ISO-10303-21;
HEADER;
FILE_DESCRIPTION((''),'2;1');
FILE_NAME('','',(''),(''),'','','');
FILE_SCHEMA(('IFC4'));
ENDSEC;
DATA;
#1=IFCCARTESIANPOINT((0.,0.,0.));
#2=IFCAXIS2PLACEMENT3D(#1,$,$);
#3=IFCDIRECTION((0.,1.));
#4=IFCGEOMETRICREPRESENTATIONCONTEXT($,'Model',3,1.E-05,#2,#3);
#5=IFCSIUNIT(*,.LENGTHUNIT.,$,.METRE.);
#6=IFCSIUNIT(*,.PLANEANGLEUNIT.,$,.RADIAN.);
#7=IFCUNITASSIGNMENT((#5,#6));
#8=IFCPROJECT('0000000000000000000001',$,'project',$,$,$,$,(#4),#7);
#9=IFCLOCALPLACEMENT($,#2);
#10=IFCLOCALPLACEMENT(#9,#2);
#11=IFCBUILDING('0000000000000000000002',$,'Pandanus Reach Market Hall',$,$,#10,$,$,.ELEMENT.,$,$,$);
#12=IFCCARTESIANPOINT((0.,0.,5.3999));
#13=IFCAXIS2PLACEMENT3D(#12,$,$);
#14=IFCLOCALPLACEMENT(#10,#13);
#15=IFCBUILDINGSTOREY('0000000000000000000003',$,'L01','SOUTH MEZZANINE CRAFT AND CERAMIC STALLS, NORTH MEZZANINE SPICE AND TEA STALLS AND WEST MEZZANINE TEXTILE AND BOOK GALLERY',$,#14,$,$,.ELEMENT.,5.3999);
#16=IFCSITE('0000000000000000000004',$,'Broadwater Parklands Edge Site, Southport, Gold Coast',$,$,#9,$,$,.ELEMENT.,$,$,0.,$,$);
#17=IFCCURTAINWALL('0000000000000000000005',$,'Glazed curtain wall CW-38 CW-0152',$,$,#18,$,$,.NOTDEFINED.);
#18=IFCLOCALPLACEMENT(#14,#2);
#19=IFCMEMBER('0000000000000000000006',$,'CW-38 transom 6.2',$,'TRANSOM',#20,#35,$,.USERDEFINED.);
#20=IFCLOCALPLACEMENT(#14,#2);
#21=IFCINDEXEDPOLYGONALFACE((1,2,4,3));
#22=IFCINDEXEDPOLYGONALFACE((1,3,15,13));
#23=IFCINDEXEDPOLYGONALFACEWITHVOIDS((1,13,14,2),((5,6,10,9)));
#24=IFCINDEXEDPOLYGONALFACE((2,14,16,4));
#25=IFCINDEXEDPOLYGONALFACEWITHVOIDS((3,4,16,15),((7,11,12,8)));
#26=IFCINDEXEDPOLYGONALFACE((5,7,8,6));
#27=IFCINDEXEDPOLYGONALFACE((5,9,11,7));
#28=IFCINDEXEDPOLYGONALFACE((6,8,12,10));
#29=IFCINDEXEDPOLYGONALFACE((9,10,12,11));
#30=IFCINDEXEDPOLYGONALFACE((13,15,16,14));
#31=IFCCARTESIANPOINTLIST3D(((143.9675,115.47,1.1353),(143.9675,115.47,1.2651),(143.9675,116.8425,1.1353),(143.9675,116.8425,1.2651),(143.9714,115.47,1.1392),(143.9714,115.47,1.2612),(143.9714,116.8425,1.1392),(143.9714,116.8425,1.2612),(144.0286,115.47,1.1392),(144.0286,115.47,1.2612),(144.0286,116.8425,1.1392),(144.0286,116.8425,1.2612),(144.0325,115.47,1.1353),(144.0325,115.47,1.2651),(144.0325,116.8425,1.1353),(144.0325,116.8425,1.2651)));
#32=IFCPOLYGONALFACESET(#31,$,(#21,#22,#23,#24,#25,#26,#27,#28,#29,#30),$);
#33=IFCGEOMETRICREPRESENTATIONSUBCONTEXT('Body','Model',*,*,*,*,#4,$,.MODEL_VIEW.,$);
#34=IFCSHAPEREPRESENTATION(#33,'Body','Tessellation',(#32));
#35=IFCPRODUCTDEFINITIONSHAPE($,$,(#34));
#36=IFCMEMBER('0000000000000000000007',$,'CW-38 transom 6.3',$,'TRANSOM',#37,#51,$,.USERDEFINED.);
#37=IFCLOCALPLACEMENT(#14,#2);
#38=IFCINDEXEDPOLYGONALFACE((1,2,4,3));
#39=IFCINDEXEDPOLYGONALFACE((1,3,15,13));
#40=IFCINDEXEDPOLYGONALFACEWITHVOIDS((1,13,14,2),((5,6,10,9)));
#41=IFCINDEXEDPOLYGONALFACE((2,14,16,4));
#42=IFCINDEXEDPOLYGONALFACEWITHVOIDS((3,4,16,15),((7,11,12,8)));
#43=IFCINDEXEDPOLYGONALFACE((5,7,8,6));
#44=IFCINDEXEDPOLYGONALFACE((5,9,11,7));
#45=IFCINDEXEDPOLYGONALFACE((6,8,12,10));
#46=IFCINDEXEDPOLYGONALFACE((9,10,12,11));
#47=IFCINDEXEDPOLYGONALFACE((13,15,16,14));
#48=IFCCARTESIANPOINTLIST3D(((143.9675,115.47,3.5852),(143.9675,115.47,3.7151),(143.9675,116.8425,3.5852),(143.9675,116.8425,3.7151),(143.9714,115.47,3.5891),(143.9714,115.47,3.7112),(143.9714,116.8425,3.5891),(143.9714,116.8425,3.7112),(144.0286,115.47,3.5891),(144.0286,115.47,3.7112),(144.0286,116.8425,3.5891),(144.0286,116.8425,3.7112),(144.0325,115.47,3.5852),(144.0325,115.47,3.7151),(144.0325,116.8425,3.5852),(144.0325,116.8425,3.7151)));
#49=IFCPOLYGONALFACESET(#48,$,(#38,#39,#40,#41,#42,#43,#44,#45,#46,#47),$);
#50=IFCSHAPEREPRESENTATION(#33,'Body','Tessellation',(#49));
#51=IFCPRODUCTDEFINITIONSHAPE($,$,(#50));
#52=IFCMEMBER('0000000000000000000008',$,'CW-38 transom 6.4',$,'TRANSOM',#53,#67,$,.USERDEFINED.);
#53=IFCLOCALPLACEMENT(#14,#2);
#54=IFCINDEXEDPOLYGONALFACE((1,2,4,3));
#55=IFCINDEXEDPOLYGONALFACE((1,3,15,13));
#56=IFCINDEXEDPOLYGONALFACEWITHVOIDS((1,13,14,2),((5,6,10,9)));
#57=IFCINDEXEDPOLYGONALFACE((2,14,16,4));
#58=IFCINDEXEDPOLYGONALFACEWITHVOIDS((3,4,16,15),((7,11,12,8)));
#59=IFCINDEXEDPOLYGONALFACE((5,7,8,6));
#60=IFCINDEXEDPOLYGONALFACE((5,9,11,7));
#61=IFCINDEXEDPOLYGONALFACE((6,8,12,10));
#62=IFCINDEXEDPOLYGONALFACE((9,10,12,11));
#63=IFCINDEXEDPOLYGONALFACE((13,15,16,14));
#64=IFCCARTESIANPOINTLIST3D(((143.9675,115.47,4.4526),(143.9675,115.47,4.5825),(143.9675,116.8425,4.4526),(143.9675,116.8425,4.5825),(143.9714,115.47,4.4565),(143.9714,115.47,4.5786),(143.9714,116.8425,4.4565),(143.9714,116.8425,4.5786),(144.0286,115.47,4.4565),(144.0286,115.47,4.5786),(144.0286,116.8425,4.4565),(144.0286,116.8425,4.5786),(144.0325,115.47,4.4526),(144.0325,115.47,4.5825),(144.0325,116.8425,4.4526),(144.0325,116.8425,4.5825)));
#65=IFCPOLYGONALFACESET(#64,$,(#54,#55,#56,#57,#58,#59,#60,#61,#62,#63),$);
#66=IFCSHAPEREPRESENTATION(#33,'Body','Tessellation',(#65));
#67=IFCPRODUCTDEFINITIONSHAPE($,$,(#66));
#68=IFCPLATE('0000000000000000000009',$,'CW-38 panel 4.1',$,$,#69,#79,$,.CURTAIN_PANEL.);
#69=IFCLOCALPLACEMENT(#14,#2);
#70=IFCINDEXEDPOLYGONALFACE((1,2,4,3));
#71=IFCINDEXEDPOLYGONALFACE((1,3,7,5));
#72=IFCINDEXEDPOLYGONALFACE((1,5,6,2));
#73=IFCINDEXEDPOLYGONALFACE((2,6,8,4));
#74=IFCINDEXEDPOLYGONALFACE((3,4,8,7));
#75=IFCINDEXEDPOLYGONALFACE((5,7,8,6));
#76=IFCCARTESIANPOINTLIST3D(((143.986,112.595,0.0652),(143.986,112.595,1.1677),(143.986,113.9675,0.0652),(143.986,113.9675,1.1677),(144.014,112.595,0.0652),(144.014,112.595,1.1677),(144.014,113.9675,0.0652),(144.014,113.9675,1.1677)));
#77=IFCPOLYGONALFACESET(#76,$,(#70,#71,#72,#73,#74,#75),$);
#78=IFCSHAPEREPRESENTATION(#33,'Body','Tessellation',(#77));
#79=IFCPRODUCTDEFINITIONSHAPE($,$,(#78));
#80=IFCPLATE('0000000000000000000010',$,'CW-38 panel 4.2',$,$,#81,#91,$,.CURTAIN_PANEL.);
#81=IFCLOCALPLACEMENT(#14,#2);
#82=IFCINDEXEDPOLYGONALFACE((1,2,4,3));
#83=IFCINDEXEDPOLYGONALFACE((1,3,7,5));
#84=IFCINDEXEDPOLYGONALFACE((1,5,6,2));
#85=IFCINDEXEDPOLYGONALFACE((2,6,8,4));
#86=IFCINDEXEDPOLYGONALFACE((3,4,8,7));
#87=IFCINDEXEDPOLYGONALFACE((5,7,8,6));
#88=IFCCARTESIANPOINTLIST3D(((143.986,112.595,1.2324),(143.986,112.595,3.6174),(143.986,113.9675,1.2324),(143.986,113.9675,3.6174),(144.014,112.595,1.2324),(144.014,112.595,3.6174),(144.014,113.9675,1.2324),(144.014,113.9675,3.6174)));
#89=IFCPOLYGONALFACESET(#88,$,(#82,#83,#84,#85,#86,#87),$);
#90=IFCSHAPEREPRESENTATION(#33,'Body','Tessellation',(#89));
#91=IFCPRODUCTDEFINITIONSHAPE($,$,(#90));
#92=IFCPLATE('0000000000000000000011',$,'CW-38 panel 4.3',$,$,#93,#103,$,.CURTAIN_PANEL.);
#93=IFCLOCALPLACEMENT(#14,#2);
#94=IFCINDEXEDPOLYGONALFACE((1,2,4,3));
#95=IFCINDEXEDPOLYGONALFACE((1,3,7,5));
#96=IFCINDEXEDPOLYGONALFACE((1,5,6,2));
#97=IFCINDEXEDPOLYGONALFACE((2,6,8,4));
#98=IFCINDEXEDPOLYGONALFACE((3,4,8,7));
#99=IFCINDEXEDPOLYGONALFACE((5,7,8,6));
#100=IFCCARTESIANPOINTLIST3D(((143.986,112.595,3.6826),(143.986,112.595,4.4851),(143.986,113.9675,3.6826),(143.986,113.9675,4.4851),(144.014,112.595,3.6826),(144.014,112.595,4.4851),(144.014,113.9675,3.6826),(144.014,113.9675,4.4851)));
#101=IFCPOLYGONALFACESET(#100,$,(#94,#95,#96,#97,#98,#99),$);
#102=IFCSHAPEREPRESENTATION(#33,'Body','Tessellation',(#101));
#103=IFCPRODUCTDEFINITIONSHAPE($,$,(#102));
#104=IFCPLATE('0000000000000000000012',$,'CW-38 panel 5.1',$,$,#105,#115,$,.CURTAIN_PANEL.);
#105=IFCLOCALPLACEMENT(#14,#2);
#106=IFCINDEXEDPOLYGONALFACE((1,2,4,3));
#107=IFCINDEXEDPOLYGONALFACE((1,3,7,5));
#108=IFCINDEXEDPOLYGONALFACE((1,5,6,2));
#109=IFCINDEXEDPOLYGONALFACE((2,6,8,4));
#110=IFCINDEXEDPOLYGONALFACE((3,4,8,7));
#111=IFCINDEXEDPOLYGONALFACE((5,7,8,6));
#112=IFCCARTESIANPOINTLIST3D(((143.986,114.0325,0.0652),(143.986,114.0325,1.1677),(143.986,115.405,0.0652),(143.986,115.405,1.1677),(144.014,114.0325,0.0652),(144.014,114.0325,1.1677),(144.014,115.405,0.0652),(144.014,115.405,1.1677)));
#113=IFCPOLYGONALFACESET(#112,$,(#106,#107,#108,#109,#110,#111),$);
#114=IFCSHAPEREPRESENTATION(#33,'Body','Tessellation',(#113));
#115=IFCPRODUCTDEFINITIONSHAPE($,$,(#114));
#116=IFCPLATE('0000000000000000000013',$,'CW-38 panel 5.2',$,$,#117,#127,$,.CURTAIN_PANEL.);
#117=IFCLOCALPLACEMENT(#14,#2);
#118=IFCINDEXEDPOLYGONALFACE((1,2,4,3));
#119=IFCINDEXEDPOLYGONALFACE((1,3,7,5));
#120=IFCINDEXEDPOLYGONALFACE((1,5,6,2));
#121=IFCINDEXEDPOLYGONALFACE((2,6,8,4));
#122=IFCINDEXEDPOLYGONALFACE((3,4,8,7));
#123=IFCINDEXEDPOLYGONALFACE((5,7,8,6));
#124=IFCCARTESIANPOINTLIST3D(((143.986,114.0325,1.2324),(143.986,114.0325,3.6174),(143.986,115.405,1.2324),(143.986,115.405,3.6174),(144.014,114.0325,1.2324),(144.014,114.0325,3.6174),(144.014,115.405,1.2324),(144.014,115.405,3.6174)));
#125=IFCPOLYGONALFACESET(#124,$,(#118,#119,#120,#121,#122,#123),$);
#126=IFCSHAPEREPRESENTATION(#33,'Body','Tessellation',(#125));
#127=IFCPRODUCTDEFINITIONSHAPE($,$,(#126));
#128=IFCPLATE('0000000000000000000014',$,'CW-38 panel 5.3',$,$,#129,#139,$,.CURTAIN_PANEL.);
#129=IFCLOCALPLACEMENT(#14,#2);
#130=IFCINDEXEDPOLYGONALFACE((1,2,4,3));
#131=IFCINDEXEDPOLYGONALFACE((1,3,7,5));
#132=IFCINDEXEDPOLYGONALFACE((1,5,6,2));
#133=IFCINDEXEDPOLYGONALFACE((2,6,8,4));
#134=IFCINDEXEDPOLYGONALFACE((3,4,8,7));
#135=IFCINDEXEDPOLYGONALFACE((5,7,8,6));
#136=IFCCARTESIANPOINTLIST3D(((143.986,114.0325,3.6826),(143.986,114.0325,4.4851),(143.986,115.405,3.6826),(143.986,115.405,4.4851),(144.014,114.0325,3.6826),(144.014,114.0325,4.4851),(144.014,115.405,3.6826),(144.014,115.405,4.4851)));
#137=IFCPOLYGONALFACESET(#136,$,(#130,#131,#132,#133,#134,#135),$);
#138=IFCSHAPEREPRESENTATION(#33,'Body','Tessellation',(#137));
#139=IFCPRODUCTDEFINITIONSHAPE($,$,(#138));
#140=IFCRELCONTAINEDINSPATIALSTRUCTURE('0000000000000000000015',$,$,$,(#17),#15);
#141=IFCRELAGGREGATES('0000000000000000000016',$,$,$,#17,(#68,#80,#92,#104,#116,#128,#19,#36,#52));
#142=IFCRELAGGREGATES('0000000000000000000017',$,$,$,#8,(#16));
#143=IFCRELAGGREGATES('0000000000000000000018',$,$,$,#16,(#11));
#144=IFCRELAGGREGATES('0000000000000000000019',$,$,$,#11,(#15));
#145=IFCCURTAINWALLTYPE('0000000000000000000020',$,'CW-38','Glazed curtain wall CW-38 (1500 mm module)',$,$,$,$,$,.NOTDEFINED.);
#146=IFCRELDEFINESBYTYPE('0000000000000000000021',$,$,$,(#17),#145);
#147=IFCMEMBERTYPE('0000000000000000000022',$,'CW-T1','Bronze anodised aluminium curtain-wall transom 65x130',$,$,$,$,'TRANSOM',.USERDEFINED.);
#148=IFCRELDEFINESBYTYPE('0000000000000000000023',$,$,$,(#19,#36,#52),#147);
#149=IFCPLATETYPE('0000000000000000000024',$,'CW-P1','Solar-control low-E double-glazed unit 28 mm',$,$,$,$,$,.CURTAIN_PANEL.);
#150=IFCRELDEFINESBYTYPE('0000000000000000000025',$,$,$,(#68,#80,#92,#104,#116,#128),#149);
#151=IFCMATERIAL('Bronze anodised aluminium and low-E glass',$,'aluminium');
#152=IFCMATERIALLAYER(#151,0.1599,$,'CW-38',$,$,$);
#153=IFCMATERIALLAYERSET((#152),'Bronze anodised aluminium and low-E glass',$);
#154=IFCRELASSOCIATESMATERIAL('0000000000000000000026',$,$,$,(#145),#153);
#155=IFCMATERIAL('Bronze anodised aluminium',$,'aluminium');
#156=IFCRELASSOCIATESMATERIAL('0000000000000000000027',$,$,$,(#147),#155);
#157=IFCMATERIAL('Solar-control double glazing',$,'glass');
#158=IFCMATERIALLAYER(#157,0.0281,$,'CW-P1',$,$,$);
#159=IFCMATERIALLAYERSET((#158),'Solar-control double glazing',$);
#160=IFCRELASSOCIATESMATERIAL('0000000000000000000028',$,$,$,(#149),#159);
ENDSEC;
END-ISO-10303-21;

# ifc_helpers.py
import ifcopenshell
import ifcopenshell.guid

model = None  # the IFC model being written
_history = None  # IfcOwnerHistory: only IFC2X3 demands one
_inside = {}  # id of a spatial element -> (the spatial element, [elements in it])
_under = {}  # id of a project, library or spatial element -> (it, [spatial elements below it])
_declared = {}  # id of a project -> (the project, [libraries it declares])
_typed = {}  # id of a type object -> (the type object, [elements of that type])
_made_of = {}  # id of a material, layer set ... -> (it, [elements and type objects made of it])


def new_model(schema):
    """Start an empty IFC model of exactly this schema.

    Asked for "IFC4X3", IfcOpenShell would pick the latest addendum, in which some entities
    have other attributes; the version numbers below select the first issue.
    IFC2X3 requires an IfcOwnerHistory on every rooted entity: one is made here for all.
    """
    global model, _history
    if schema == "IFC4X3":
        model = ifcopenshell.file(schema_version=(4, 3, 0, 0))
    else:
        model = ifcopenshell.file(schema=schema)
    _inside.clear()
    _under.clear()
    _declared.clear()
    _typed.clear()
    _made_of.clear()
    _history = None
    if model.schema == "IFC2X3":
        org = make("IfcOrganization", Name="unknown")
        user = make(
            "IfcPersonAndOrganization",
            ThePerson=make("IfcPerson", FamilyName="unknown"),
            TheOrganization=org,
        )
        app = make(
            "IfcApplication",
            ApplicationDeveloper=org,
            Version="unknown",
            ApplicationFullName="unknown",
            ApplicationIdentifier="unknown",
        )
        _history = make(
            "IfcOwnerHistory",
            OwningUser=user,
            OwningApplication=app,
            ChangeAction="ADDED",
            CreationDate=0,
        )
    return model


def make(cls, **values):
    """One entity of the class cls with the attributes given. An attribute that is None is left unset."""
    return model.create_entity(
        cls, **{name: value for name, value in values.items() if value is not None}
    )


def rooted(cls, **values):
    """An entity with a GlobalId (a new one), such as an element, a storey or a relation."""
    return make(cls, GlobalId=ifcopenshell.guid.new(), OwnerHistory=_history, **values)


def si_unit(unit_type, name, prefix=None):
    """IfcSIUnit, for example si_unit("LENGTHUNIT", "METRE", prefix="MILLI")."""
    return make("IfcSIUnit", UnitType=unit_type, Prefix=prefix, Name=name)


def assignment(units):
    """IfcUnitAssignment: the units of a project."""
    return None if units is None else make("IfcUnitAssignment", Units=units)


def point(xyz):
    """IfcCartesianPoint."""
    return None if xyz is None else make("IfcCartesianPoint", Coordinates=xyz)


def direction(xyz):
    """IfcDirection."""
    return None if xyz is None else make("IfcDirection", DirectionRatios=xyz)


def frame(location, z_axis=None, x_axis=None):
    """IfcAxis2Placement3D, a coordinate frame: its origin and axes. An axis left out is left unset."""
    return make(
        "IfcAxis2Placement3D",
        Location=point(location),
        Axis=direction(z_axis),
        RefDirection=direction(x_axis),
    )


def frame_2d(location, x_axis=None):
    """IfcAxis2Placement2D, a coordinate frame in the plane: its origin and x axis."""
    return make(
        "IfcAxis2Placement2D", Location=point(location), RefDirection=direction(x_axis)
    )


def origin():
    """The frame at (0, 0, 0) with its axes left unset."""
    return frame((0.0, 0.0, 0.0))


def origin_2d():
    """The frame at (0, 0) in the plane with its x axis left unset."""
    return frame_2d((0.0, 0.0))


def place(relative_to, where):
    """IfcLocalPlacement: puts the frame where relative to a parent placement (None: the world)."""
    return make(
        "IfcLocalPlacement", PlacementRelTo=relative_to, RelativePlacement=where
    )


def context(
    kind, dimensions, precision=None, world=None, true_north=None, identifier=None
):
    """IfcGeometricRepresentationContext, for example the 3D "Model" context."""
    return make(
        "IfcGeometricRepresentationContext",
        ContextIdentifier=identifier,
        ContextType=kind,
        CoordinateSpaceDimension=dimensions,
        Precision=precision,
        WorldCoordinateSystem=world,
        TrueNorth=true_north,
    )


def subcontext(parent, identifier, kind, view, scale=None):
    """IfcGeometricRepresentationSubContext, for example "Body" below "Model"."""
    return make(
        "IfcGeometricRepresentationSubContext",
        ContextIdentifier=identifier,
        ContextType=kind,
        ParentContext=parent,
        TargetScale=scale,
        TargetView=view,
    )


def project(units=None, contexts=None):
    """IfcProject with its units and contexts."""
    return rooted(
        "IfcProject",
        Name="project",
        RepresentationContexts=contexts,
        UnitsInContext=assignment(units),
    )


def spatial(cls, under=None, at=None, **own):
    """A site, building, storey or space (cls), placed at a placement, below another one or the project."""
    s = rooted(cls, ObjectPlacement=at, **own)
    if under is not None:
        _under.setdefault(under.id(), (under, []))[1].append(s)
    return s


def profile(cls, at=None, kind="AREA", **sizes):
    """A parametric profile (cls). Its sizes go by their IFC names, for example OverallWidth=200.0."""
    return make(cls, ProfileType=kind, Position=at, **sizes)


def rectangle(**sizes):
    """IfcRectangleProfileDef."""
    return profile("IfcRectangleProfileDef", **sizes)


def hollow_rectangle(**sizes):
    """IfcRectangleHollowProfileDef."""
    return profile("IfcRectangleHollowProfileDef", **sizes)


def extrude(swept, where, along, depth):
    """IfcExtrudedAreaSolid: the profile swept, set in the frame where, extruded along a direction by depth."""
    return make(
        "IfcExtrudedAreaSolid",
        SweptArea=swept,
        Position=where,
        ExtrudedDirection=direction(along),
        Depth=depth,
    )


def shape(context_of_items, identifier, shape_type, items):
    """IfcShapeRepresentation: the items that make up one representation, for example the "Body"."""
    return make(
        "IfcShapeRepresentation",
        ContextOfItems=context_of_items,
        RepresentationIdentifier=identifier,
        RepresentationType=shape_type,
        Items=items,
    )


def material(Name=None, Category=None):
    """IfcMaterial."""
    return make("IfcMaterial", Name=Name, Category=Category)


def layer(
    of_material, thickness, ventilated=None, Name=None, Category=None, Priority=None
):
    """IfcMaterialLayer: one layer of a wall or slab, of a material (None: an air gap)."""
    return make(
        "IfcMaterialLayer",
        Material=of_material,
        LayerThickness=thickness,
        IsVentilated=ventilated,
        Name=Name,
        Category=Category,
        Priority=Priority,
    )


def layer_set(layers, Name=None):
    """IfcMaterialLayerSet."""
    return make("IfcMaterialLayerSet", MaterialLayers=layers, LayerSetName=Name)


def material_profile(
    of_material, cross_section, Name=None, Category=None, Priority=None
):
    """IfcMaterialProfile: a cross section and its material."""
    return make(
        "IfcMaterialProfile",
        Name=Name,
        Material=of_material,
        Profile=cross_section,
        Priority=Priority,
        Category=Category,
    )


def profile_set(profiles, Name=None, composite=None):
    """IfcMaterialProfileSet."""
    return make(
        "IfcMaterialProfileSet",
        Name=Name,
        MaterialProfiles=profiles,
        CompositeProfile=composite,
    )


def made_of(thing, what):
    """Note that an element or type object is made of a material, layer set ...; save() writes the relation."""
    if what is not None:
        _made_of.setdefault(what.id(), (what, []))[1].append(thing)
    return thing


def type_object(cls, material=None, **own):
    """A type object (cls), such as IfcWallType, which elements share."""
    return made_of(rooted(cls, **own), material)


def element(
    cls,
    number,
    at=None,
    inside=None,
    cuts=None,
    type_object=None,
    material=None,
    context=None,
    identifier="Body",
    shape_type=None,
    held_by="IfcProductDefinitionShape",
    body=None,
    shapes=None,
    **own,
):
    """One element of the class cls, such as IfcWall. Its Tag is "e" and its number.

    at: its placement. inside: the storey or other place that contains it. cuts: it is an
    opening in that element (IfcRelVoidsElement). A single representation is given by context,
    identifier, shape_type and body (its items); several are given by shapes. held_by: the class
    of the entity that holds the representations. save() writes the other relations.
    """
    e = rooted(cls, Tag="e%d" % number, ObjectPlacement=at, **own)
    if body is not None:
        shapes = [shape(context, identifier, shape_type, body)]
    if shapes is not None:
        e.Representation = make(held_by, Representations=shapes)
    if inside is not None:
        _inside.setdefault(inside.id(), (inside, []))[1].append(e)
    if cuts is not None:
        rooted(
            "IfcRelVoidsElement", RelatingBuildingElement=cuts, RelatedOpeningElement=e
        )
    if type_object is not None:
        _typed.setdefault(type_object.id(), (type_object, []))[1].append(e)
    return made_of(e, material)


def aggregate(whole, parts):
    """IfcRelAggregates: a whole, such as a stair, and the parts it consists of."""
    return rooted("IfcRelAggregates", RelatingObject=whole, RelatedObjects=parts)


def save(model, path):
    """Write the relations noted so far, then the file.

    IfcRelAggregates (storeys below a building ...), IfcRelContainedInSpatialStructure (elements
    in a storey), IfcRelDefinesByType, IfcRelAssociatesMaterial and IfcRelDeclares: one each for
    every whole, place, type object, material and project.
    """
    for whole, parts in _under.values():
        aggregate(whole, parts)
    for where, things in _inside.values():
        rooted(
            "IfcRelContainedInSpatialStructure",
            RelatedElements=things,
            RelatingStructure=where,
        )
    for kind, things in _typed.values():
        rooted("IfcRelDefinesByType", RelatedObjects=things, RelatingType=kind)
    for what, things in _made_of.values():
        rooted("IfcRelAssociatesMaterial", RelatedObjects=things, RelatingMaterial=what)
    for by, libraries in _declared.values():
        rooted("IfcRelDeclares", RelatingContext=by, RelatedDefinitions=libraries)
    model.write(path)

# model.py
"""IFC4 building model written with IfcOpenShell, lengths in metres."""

from ifc_helpers import new_model, si_unit, direction, frame, origin, origin_2d, place, context, subcontext, project, spatial, rectangle, hollow_rectangle, extrude, material, layer, layer_set, material_profile, profile_set, type_object, element, aggregate, save


model = new_model("IFC4")

# Units and contexts
model_context = context("Model", 3, precision=1e-05, world=origin(), true_north=direction((0.0, 1.0)))
body_context = subcontext(model_context, "Body", "Model", "MODEL_VIEW")
ifc_project = project(units=[si_unit("LENGTHUNIT", "METRE"), si_unit("PLANEANGLEUNIT", "RADIAN")], contexts=[model_context])

# Site, building, storey
site_placement = place(None, origin())
site = spatial("IfcSite", under=ifc_project, at=site_placement, Name="Broadwater Parklands Edge Site, Southport, Gold Coast", CompositionType="ELEMENT", RefElevation=0.0)
building_placement = place(site_placement, origin())
building = spatial("IfcBuilding", under=site, at=building_placement, Name="Pandanus Reach Market Hall", CompositionType="ELEMENT")
storey_placement = place(building_placement, frame((0.0, 0.0, 5.3999)))
storey = spatial("IfcBuildingStorey", under=building, at=storey_placement, Name="L01", Description="SOUTH MEZZANINE CRAFT AND CERAMIC STALLS, NORTH MEZZANINE SPICE AND TEA STALLS AND WEST MEZZANINE TEXTILE AND BOOK GALLERY", CompositionType="ELEMENT", Elevation=5.3999)

# Curtain wall, members, plates
ifc_material_1 = material(Name="Bronze anodised aluminium and low-E glass", Category="aluminium")
ifc_layer_1 = layer(ifc_material_1, 0.1599, Name="CW-38")
ifc_layer_set_1 = layer_set([ifc_layer_1], Name="Bronze anodised aluminium and low-E glass")
curtain_wall_type = type_object("IfcCurtainWallType", Name="CW-38", Description="Glazed curtain wall CW-38 (1500 mm module)", PredefinedType="NOTDEFINED", material=ifc_layer_set_1)
curtain_wall_placement = place(storey_placement, origin())
curtain_wall = element("IfcCurtainWall", 1, at=curtain_wall_placement, inside=storey, type_object=curtain_wall_type, Name="Glazed curtain wall CW-38 CW-0152", PredefinedType="NOTDEFINED")
ifc_material_2 = material(Name="Bronze anodised aluminium", Category="aluminium")
ifc_material_profile_1 = material_profile(ifc_material_2, hollow_rectangle(XDim=0.0649, YDim=0.1299, WallThickness=0.0039, at=origin_2d()), Name="ALU65x130", Category="LoadBearing")
ifc_profile_set_1 = profile_set([ifc_material_profile_1], Name="Bronze anodised aluminium")
member_type_1 = type_object("IfcMemberType", Name="CW-T1", Description="Bronze anodised aluminium curtain-wall transom 65x130", ElementType="TRANSOM", PredefinedType="USERDEFINED", material=ifc_profile_set_1)
member_1_placement = place(storey_placement, frame((144.0, 115.47, 1.2002), z_axis=(0.0, 1.0, 0.0), x_axis=(-1.0, 0.0, 0.0)))
member_1 = element("IfcMember", 2, at=member_1_placement, type_object=member_type_1, Name="CW-38 transom 6.2", ObjectType="TRANSOM", PredefinedType="USERDEFINED", context=body_context, shape_type="SweptSolid", body=[
    extrude(hollow_rectangle(XDim=0.0649, YDim=0.1299, WallThickness=0.0039, at=origin_2d()), origin(), (0.0, 0.0, 1.0), 1.3726),
])
member_2_placement = place(storey_placement, frame((144.0, 115.47, 3.6501), z_axis=(0.0, 1.0, 0.0), x_axis=(-1.0, 0.0, 0.0)))
member_2 = element("IfcMember", 3, at=member_2_placement, type_object=member_type_1, Name="CW-38 transom 6.3", ObjectType="TRANSOM", PredefinedType="USERDEFINED", context=body_context, shape_type="SweptSolid", body=[
    extrude(hollow_rectangle(XDim=0.0649, YDim=0.1299, WallThickness=0.0039, at=origin_2d()), origin(), (0.0, 0.0, 1.0), 1.3726),
])
member_3_placement = place(storey_placement, frame((144.0, 115.47, 4.5176), z_axis=(0.0, 1.0, 0.0), x_axis=(-1.0, 0.0, 0.0)))
member_3 = element("IfcMember", 4, at=member_3_placement, type_object=member_type_1, Name="CW-38 transom 6.4", ObjectType="TRANSOM", PredefinedType="USERDEFINED", context=body_context, shape_type="SweptSolid", body=[
    extrude(hollow_rectangle(XDim=0.0649, YDim=0.1299, WallThickness=0.0039, at=origin_2d()), origin(), (0.0, 0.0, 1.0), 1.3726),
])
ifc_material_3 = material(Name="Solar-control double glazing", Category="glass")
ifc_layer_2 = layer(ifc_material_3, 0.0281, Name="CW-P1")
ifc_layer_set_2 = layer_set([ifc_layer_2], Name="Solar-control double glazing")
plate_type = type_object("IfcPlateType", Name="CW-P1", Description="Solar-control low-E double-glazed unit 28 mm", PredefinedType="CURTAIN_PANEL", material=ifc_layer_set_2)
plate_1_placement = place(storey_placement, frame((144.0, 113.2812, 0.0652), z_axis=(0.0, 0.0, 1.0), x_axis=(0.0, 1.0, 0.0)))
plate_1 = element("IfcPlate", 5, at=plate_1_placement, type_object=plate_type, Name="CW-38 panel 4.1", PredefinedType="CURTAIN_PANEL", context=body_context, shape_type="SweptSolid", body=[
    extrude(rectangle(XDim=1.3726, YDim=0.0281, at=origin_2d()), origin(), (0.0, 0.0, 1.0), 1.1025),
])
plate_2_placement = place(storey_placement, frame((144.0, 113.2812, 1.2324), z_axis=(0.0, 0.0, 1.0), x_axis=(0.0, 1.0, 0.0)))
plate_2 = element("IfcPlate", 6, at=plate_2_placement, type_object=plate_type, Name="CW-38 panel 4.2", PredefinedType="CURTAIN_PANEL", context=body_context, shape_type="SweptSolid", body=[
    extrude(rectangle(XDim=1.3726, YDim=0.0281, at=origin_2d()), origin(), (0.0, 0.0, 1.0), 2.385),
])
plate_3_placement = place(storey_placement, frame((144.0, 113.2812, 3.6826), z_axis=(0.0, 0.0, 1.0), x_axis=(0.0, 1.0, 0.0)))
plate_3 = element("IfcPlate", 7, at=plate_3_placement, type_object=plate_type, Name="CW-38 panel 4.3", PredefinedType="CURTAIN_PANEL", context=body_context, shape_type="SweptSolid", body=[
    extrude(rectangle(XDim=1.3726, YDim=0.0281, at=origin_2d()), origin(), (0.0, 0.0, 1.0), 0.8025),
])
plate_4_placement = place(storey_placement, frame((144.0, 114.7188, 0.0652), z_axis=(0.0, 0.0, 1.0), x_axis=(0.0, 1.0, 0.0)))
plate_4 = element("IfcPlate", 8, at=plate_4_placement, type_object=plate_type, Name="CW-38 panel 5.1", PredefinedType="CURTAIN_PANEL", context=body_context, shape_type="SweptSolid", body=[
    extrude(rectangle(XDim=1.3726, YDim=0.0281, at=origin_2d()), origin(), (0.0, 0.0, 1.0), 1.1025),
])
plate_5_placement = place(storey_placement, frame((144.0, 114.7188, 1.2324), z_axis=(0.0, 0.0, 1.0), x_axis=(0.0, 1.0, 0.0)))
plate_5 = element("IfcPlate", 9, at=plate_5_placement, type_object=plate_type, Name="CW-38 panel 5.2", PredefinedType="CURTAIN_PANEL", context=body_context, shape_type="SweptSolid", body=[
    extrude(rectangle(XDim=1.3726, YDim=0.0281, at=origin_2d()), origin(), (0.0, 0.0, 1.0), 2.385),
])
plate_6_placement = place(storey_placement, frame((144.0, 114.7188, 3.6826), z_axis=(0.0, 0.0, 1.0), x_axis=(0.0, 1.0, 0.0)))
plate_6 = element("IfcPlate", 10, at=plate_6_placement, type_object=plate_type, Name="CW-38 panel 5.3", PredefinedType="CURTAIN_PANEL", context=body_context, shape_type="SweptSolid", body=[
    extrude(rectangle(XDim=1.3726, YDim=0.0281, at=origin_2d()), origin(), (0.0, 0.0, 1.0), 0.8025),
])
aggregate(curtain_wall, [plate_1, plate_2, plate_3, plate_4, plate_5, plate_6, member_1, member_2, member_3])

save(model, "model.ifc")
